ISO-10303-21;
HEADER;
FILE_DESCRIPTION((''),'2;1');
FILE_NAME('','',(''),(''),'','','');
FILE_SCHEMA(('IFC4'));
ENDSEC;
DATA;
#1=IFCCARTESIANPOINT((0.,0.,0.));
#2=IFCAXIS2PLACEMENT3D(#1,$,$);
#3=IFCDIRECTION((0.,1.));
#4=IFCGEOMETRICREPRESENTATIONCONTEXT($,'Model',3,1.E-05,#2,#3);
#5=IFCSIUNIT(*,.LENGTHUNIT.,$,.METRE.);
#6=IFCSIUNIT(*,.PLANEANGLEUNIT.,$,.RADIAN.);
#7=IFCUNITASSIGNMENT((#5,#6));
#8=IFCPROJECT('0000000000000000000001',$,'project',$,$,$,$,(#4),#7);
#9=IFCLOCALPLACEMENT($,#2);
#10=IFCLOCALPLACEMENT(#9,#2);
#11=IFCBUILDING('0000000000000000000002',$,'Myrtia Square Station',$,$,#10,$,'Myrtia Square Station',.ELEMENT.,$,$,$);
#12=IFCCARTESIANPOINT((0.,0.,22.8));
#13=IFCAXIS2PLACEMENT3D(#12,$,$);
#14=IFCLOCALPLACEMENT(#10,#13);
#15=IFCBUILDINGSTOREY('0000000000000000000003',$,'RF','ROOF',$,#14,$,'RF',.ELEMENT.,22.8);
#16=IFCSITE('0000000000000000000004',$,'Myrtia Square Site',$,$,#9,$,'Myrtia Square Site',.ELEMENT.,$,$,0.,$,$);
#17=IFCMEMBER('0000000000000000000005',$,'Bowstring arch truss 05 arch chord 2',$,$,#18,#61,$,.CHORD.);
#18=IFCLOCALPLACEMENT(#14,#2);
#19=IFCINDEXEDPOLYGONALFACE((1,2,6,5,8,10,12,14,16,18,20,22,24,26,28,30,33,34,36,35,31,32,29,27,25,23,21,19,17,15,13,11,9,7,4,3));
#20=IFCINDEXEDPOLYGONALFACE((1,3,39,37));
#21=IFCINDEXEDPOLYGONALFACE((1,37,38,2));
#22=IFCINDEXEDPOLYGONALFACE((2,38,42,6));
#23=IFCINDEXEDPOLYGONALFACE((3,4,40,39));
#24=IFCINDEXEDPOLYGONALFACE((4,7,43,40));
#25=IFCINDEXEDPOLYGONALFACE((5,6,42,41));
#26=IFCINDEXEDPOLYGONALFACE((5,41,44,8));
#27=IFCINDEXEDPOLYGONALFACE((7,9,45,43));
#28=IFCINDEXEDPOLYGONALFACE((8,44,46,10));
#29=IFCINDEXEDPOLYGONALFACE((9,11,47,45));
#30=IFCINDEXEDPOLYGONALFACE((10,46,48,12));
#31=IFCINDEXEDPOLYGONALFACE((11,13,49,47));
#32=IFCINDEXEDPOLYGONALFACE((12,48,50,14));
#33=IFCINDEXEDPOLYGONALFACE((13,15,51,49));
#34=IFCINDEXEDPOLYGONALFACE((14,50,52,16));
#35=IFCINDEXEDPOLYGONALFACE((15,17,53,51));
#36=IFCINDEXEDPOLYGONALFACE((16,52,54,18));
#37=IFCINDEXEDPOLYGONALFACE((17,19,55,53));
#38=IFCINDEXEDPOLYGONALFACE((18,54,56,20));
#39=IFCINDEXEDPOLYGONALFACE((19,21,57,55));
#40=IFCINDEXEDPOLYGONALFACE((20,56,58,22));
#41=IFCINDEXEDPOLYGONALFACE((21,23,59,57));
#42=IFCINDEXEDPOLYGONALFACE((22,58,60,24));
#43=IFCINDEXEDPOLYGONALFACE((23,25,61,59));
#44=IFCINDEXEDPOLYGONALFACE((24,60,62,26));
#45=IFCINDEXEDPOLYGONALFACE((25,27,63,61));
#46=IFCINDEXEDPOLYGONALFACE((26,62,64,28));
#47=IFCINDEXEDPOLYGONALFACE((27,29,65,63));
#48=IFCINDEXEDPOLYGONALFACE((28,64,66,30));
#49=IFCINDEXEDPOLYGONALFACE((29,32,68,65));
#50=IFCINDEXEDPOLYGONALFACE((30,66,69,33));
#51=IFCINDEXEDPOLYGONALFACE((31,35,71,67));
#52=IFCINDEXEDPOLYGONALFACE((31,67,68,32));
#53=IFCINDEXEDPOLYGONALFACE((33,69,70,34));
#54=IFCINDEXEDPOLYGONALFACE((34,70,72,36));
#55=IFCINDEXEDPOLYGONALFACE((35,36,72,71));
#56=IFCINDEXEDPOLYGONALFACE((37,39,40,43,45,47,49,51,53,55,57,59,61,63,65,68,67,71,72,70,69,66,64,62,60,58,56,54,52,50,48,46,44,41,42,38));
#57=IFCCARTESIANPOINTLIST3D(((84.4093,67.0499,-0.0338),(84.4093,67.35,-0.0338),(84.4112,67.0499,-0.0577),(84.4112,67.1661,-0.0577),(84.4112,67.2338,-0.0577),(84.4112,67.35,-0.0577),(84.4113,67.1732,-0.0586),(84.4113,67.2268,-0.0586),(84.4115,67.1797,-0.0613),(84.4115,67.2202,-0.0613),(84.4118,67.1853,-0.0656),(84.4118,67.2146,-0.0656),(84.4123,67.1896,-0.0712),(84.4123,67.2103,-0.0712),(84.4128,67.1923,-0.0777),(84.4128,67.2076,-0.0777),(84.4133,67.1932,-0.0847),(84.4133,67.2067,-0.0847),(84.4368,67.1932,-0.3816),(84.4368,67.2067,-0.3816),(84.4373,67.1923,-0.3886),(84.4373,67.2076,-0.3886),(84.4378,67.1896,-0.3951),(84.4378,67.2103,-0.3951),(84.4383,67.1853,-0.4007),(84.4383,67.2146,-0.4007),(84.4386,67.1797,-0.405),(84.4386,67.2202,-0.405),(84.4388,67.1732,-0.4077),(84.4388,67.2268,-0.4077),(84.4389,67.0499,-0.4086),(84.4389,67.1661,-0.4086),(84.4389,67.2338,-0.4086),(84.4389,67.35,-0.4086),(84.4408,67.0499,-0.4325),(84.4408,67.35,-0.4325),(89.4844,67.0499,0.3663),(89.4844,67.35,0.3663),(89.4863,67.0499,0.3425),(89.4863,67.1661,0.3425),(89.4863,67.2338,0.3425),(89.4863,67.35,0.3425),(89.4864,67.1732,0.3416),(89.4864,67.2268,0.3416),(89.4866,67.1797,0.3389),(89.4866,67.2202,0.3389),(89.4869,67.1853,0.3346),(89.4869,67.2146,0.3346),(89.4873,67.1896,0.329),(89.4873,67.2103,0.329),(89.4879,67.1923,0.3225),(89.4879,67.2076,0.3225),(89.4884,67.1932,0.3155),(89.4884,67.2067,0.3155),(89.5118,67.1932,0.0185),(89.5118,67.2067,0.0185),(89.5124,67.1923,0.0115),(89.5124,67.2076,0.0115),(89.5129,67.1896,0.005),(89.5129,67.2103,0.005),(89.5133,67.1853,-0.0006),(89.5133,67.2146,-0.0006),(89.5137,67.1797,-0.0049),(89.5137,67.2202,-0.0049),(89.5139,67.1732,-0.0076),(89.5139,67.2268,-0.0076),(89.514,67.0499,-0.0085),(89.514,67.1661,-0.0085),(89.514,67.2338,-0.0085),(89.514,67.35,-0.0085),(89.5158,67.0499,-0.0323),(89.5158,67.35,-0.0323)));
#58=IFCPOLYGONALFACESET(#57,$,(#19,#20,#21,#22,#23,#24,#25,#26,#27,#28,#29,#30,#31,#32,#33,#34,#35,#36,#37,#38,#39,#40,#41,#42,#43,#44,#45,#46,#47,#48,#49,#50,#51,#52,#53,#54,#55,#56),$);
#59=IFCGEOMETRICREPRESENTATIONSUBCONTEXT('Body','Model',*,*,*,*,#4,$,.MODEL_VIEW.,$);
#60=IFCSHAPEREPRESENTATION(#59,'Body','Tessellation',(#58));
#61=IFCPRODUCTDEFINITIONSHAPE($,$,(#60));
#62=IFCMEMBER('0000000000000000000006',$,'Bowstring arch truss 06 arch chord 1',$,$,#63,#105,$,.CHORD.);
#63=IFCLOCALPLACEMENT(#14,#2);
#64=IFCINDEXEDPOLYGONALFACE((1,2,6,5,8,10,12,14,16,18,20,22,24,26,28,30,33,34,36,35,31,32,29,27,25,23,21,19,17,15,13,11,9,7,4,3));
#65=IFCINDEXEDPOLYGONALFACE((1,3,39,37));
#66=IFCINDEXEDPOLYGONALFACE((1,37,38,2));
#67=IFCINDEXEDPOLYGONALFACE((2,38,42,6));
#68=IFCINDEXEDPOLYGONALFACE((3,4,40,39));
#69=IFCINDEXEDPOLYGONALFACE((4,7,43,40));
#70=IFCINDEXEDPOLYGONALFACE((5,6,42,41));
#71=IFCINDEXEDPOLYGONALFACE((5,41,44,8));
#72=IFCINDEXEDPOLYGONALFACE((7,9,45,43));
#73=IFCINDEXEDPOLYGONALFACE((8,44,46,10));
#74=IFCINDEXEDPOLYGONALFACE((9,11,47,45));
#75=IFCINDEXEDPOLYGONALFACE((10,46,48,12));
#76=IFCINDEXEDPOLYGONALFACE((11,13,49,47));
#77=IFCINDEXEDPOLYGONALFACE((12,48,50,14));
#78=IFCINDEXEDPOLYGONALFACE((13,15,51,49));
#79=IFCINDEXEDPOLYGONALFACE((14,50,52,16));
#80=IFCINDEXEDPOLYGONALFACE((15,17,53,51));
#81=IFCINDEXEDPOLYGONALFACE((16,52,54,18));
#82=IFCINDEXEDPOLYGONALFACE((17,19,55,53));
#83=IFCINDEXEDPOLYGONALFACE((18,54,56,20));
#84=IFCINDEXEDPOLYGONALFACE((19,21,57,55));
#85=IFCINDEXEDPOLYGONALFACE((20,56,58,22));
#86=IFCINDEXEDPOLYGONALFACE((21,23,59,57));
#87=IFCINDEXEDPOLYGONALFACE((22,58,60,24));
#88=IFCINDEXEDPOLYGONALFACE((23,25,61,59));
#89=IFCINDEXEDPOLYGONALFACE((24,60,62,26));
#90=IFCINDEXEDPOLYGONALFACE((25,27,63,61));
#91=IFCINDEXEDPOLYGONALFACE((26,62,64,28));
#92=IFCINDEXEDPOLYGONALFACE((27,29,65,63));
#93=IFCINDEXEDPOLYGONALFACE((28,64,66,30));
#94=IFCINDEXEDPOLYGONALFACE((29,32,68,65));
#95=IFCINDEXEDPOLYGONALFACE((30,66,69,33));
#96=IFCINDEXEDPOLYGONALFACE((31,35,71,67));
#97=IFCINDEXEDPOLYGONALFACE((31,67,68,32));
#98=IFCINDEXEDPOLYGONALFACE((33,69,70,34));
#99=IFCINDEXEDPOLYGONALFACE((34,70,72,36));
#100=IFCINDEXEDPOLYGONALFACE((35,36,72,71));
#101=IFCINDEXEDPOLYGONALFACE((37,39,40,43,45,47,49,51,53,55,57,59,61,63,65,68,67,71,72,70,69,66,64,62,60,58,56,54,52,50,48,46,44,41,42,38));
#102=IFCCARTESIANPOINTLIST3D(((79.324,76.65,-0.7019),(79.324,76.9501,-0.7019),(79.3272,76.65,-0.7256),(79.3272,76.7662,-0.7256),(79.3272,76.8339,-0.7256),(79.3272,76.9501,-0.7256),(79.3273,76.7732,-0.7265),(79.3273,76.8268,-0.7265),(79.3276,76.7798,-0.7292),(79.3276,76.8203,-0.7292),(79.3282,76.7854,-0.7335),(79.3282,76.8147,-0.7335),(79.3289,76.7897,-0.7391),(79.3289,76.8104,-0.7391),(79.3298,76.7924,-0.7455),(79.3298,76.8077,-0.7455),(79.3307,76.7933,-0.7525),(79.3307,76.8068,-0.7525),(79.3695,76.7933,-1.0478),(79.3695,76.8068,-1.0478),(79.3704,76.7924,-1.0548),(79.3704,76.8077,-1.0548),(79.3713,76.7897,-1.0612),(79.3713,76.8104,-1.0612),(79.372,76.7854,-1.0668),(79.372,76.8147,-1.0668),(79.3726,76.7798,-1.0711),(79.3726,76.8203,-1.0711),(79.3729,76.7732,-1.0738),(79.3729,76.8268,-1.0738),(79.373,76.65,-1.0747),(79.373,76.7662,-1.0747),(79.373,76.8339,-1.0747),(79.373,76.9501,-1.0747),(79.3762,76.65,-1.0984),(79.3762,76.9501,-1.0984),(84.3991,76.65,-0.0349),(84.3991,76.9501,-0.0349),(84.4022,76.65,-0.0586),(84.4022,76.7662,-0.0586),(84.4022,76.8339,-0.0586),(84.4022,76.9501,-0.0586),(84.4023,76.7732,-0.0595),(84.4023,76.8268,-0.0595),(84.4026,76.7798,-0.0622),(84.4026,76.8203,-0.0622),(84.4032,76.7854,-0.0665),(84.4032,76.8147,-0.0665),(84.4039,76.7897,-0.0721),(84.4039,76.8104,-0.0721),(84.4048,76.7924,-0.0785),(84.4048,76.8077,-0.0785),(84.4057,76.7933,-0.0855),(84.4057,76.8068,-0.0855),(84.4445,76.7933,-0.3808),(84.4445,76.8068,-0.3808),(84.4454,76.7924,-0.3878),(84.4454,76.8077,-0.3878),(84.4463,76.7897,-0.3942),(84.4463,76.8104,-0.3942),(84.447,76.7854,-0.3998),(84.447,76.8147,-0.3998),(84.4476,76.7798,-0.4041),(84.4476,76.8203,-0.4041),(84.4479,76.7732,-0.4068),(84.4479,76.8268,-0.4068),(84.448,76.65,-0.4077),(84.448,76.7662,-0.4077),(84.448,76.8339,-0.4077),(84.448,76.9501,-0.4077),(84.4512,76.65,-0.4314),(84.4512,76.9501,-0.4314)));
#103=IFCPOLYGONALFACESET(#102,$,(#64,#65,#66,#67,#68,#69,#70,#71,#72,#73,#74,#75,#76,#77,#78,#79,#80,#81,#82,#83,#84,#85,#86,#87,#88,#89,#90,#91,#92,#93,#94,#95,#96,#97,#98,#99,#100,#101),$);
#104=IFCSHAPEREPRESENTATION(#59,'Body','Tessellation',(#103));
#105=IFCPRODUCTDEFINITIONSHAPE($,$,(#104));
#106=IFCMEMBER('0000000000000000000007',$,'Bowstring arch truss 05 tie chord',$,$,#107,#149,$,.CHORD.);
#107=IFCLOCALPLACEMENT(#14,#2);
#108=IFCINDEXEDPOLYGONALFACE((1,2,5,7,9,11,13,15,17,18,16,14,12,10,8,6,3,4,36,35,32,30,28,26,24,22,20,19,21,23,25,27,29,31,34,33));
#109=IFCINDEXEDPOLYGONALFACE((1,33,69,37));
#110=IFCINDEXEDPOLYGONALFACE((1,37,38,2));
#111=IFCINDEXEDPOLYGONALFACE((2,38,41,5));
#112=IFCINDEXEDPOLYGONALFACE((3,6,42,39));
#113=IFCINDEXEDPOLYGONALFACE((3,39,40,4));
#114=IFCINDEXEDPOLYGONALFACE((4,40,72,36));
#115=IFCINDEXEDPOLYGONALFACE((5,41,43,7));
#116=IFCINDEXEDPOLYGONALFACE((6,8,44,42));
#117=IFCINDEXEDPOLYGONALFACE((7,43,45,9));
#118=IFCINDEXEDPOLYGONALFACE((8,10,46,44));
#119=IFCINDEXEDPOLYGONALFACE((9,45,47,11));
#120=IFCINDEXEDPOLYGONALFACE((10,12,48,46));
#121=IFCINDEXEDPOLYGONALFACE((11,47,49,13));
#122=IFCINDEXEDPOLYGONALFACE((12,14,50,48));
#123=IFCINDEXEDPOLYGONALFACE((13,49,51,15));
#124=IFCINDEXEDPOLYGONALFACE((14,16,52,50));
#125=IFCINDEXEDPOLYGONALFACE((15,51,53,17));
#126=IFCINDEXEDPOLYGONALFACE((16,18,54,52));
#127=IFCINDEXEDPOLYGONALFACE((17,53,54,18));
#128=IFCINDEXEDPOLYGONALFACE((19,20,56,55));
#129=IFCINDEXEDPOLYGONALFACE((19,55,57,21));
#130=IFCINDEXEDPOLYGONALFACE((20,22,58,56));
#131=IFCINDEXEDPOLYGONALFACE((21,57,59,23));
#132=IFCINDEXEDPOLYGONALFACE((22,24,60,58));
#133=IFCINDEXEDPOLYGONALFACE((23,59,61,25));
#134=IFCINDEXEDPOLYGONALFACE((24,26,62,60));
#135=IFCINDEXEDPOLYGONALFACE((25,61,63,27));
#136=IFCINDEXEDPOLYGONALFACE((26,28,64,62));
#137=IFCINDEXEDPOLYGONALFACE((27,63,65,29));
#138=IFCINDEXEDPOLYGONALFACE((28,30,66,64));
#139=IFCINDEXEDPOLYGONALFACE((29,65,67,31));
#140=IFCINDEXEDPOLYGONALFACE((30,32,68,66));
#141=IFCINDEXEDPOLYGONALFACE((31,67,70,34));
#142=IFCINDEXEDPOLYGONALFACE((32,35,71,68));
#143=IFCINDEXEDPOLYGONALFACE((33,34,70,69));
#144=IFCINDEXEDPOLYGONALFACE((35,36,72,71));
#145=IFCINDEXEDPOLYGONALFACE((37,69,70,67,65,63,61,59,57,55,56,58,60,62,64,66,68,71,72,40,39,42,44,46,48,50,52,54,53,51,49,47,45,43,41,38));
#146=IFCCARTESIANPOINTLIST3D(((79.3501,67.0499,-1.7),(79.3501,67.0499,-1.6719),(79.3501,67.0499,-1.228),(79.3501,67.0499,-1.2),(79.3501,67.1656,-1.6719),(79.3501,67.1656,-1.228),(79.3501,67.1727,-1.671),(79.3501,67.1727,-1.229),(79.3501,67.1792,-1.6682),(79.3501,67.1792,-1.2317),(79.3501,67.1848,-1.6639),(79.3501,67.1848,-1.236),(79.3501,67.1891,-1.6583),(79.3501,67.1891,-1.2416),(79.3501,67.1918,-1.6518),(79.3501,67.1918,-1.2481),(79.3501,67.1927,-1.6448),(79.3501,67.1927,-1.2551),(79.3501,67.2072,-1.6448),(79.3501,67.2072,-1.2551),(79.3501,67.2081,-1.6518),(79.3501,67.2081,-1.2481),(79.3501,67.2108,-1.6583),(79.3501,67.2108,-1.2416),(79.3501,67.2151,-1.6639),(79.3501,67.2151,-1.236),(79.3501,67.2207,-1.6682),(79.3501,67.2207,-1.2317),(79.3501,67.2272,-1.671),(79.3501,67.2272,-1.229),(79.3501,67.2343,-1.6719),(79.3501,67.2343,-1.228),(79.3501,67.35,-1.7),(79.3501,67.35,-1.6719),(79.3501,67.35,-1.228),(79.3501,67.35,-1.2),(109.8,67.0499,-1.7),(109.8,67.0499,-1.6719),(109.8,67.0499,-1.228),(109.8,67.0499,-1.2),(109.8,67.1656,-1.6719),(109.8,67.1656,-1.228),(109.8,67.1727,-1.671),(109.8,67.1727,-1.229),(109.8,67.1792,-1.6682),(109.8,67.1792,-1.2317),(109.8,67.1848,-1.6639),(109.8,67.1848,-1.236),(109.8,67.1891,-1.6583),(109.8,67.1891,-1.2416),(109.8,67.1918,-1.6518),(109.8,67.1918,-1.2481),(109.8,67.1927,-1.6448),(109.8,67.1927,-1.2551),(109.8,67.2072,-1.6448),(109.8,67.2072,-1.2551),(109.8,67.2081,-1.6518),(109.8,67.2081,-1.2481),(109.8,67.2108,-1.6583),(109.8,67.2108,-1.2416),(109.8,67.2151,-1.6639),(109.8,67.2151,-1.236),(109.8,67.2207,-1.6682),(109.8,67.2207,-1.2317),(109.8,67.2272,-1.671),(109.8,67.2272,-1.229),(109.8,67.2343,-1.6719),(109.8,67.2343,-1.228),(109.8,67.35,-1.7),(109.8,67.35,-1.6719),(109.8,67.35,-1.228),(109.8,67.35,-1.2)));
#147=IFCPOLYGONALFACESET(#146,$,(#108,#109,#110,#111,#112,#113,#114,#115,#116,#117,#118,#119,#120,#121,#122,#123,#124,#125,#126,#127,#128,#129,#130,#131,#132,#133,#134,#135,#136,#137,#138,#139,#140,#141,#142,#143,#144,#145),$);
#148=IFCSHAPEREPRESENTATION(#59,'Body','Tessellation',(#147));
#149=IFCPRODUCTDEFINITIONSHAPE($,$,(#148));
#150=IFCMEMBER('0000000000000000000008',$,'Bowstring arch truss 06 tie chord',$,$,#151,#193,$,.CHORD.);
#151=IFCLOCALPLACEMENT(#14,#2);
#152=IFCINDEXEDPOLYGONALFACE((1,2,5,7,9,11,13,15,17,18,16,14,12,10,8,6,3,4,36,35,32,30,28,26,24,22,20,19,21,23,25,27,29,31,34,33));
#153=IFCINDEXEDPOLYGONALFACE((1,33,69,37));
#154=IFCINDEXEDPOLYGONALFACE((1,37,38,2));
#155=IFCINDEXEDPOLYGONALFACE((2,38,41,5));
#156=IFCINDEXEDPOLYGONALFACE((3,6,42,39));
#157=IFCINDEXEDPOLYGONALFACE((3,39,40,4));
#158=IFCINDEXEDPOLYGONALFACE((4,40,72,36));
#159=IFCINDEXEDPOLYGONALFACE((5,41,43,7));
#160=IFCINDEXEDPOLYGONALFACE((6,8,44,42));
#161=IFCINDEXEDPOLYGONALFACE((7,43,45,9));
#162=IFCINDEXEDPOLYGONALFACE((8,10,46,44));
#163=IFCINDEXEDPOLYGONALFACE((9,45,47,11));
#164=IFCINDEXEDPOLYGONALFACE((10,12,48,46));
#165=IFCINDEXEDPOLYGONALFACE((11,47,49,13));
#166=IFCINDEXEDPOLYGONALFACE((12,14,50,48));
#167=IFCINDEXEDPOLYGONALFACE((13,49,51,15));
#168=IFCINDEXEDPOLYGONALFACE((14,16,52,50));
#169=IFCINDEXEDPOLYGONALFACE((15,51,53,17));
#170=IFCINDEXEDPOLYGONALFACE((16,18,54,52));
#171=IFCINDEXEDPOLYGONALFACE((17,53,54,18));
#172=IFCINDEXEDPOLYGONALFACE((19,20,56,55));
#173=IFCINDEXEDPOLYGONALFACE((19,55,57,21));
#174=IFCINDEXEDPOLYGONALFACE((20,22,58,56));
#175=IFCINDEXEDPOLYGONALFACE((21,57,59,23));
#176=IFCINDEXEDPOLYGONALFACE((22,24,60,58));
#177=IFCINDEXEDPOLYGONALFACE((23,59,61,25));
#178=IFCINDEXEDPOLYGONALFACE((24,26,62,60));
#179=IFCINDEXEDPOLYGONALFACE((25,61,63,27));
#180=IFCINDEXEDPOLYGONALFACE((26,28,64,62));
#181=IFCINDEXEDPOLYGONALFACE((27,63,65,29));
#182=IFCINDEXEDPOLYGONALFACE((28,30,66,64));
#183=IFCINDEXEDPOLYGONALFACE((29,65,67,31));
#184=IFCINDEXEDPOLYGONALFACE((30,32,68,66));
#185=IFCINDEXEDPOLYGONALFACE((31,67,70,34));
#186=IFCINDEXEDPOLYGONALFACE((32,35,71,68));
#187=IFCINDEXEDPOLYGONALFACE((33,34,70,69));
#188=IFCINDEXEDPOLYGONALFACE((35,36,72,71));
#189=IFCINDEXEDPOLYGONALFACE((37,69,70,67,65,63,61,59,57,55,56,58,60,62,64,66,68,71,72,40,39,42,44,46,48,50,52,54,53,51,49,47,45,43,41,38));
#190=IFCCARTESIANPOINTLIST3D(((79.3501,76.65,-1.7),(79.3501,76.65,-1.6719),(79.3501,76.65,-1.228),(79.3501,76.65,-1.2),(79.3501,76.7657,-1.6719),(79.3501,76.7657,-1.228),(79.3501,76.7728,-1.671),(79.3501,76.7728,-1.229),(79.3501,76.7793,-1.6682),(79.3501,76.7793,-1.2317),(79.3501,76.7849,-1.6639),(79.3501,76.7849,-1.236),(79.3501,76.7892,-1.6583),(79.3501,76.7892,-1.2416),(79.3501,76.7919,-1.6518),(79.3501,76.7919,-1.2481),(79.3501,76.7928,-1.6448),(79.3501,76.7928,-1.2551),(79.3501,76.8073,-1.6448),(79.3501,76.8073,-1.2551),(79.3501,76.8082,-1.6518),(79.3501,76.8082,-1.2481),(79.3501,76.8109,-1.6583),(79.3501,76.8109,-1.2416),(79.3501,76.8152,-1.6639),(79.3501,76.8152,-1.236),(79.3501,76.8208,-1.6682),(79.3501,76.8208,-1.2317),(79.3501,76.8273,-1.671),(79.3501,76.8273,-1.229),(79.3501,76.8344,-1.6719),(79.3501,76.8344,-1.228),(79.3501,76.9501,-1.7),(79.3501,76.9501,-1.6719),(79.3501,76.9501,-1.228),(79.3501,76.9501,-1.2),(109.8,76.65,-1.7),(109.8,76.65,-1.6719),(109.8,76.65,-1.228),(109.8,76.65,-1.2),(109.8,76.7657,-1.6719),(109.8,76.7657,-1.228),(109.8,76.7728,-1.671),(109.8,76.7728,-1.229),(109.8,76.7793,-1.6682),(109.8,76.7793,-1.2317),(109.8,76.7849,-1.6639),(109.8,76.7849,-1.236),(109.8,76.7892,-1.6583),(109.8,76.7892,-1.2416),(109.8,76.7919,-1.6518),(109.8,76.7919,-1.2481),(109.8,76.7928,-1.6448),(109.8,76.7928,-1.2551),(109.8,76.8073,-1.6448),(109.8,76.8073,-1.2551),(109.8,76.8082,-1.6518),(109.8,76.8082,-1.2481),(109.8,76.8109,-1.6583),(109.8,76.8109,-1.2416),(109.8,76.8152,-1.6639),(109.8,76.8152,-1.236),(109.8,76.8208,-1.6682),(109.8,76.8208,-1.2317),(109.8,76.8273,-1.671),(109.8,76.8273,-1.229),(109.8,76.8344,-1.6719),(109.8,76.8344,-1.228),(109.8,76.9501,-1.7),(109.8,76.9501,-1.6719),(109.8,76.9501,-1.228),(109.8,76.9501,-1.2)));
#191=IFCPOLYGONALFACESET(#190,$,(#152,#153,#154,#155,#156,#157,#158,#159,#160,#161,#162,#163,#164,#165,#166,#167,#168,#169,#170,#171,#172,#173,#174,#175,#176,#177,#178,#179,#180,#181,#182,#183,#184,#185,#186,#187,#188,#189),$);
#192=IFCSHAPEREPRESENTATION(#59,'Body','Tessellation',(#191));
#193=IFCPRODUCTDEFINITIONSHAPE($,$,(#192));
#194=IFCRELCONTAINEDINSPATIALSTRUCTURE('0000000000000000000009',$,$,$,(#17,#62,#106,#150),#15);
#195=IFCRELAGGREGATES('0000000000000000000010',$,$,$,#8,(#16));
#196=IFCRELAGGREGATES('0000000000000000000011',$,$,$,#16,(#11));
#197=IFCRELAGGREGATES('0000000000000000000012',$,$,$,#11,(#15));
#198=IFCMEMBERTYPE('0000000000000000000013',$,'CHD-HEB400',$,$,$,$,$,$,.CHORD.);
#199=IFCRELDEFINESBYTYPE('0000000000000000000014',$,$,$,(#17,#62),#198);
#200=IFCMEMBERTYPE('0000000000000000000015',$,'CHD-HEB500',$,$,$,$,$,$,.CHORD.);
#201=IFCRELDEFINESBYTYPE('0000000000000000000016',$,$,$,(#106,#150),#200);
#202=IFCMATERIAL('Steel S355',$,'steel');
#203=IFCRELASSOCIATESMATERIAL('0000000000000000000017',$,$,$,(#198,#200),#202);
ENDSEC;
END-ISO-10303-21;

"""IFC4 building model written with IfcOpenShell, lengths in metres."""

from ifc_helpers import new_model, si_unit, direction, frame, origin, origin_2d, place, context, subcontext, project, spatial, i_section, extrude, material, material_profile, profile_set, type_object, element, save


model = new_model("IFC4")

# Units and contexts
model_context = context("Model", 3, precision=1e-05, world=origin(), true_north=direction((0.0, 1.0)))
body_context = subcontext(model_context, "Body", "Model", "MODEL_VIEW")
ifc_project = project(units=[si_unit("LENGTHUNIT", "METRE"), si_unit("PLANEANGLEUNIT", "RADIAN")], contexts=[model_context])

# Site, building, storey
site_placement = place(None, origin())
site = spatial("IfcSite", under=ifc_project, at=site_placement, Name="Myrtia Square Site", LongName="Myrtia Square Site", CompositionType="ELEMENT", RefElevation=0.0)
building_placement = place(site_placement, origin())
building = spatial("IfcBuilding", under=site, at=building_placement, Name="Myrtia Square Station", LongName="Myrtia Square Station", CompositionType="ELEMENT")
storey_placement = place(building_placement, frame((0.0, 0.0, 22.8)))
storey = spatial("IfcBuildingStorey", under=building, at=storey_placement, Name="RF", Description="ROOF", LongName="RF", CompositionType="ELEMENT", Elevation=22.8)

# Members
ifc_material_1 = material(Name="Steel S355", Category="steel")
ifc_material_profile_1 = material_profile(ifc_material_1, i_section(OverallWidth=0.3, OverallDepth=0.3999, WebThickness=0.0134, FlangeThickness=0.0239, FilletRadius=0.0271, at=origin_2d()), Name="HEB 400")
ifc_profile_set_1 = profile_set([ifc_material_profile_1], Name="Steel S355")
member_type_1 = type_object("IfcMemberType", Name="CHD-HEB400", PredefinedType="CHORD", material=ifc_profile_set_1)
member_1_placement = place(storey_placement, frame((84.425, 67.2, -0.2332), z_axis=(0.996906, 0.0, 0.078603), x_axis=(0.0, 1.0, 0.0)))
element("IfcMember", 1, at=member_1_placement, inside=storey, type_object=member_type_1, Name="Bowstring arch truss 05 arch chord 2", PredefinedType="CHORD", context=body_context, shape_type="SweptSolid", body=[
    extrude(i_section(OverallWidth=0.3, OverallDepth=0.3999, WebThickness=0.0134, FlangeThickness=0.0239, FilletRadius=0.0271, at=origin_2d()), origin(), (0.0, 0.0, 1.0), 5.0908),
])
member_2_placement = place(storey_placement, frame((79.3501, 76.8, -0.9001), z_axis=(0.991474, 0.0, 0.130308), x_axis=(0.0, 1.0, 0.0)))
element("IfcMember", 2, at=member_2_placement, inside=storey, type_object=member_type_1, Name="Bowstring arch truss 06 arch chord 1", PredefinedType="CHORD", context=body_context, shape_type="SweptSolid", body=[
    extrude(i_section(OverallWidth=0.3, OverallDepth=0.3999, WebThickness=0.0134, FlangeThickness=0.0239, FilletRadius=0.0271, at=origin_2d()), origin(), (0.0, 0.0, 1.0), 5.1187),
])
ifc_material_profile_2 = material_profile(ifc_material_1, i_section(OverallWidth=0.3, OverallDepth=0.5, WebThickness=0.0144, FlangeThickness=0.0281, FilletRadius=0.0271, at=origin_2d()), Name="HEB 500")
ifc_profile_set_2 = profile_set([ifc_material_profile_2], Name="Steel S355")
member_type_2 = type_object("IfcMemberType", Name="CHD-HEB500", PredefinedType="CHORD", material=ifc_profile_set_2)
for number, where, z_axis, x_axis, name in (
    (3, (79.3501, 67.2, -1.45), (1.0, 0.0, 0.0), (0.0, 1.0, 0.0), "Bowstring arch truss 05 tie chord"),
    (4, (79.3501, 76.8, -1.45), (1.0, 0.0, 0.0), (0.0, 1.0, 0.0), "Bowstring arch truss 06 tie chord"),
):
    element("IfcMember", number, at=place(storey_placement, frame(where, z_axis=z_axis, x_axis=x_axis)), inside=storey, type_object=member_type_2, Name=name, PredefinedType="CHORD", context=body_context, shape_type="SweptSolid", body=[
        extrude(i_section(OverallWidth=0.3, OverallDepth=0.5, WebThickness=0.0144, FlangeThickness=0.0281, FilletRadius=0.0271, at=origin_2d()), origin(), (0.0, 0.0, 1.0), 30.45),
    ])

save(model, "model.ifc")
